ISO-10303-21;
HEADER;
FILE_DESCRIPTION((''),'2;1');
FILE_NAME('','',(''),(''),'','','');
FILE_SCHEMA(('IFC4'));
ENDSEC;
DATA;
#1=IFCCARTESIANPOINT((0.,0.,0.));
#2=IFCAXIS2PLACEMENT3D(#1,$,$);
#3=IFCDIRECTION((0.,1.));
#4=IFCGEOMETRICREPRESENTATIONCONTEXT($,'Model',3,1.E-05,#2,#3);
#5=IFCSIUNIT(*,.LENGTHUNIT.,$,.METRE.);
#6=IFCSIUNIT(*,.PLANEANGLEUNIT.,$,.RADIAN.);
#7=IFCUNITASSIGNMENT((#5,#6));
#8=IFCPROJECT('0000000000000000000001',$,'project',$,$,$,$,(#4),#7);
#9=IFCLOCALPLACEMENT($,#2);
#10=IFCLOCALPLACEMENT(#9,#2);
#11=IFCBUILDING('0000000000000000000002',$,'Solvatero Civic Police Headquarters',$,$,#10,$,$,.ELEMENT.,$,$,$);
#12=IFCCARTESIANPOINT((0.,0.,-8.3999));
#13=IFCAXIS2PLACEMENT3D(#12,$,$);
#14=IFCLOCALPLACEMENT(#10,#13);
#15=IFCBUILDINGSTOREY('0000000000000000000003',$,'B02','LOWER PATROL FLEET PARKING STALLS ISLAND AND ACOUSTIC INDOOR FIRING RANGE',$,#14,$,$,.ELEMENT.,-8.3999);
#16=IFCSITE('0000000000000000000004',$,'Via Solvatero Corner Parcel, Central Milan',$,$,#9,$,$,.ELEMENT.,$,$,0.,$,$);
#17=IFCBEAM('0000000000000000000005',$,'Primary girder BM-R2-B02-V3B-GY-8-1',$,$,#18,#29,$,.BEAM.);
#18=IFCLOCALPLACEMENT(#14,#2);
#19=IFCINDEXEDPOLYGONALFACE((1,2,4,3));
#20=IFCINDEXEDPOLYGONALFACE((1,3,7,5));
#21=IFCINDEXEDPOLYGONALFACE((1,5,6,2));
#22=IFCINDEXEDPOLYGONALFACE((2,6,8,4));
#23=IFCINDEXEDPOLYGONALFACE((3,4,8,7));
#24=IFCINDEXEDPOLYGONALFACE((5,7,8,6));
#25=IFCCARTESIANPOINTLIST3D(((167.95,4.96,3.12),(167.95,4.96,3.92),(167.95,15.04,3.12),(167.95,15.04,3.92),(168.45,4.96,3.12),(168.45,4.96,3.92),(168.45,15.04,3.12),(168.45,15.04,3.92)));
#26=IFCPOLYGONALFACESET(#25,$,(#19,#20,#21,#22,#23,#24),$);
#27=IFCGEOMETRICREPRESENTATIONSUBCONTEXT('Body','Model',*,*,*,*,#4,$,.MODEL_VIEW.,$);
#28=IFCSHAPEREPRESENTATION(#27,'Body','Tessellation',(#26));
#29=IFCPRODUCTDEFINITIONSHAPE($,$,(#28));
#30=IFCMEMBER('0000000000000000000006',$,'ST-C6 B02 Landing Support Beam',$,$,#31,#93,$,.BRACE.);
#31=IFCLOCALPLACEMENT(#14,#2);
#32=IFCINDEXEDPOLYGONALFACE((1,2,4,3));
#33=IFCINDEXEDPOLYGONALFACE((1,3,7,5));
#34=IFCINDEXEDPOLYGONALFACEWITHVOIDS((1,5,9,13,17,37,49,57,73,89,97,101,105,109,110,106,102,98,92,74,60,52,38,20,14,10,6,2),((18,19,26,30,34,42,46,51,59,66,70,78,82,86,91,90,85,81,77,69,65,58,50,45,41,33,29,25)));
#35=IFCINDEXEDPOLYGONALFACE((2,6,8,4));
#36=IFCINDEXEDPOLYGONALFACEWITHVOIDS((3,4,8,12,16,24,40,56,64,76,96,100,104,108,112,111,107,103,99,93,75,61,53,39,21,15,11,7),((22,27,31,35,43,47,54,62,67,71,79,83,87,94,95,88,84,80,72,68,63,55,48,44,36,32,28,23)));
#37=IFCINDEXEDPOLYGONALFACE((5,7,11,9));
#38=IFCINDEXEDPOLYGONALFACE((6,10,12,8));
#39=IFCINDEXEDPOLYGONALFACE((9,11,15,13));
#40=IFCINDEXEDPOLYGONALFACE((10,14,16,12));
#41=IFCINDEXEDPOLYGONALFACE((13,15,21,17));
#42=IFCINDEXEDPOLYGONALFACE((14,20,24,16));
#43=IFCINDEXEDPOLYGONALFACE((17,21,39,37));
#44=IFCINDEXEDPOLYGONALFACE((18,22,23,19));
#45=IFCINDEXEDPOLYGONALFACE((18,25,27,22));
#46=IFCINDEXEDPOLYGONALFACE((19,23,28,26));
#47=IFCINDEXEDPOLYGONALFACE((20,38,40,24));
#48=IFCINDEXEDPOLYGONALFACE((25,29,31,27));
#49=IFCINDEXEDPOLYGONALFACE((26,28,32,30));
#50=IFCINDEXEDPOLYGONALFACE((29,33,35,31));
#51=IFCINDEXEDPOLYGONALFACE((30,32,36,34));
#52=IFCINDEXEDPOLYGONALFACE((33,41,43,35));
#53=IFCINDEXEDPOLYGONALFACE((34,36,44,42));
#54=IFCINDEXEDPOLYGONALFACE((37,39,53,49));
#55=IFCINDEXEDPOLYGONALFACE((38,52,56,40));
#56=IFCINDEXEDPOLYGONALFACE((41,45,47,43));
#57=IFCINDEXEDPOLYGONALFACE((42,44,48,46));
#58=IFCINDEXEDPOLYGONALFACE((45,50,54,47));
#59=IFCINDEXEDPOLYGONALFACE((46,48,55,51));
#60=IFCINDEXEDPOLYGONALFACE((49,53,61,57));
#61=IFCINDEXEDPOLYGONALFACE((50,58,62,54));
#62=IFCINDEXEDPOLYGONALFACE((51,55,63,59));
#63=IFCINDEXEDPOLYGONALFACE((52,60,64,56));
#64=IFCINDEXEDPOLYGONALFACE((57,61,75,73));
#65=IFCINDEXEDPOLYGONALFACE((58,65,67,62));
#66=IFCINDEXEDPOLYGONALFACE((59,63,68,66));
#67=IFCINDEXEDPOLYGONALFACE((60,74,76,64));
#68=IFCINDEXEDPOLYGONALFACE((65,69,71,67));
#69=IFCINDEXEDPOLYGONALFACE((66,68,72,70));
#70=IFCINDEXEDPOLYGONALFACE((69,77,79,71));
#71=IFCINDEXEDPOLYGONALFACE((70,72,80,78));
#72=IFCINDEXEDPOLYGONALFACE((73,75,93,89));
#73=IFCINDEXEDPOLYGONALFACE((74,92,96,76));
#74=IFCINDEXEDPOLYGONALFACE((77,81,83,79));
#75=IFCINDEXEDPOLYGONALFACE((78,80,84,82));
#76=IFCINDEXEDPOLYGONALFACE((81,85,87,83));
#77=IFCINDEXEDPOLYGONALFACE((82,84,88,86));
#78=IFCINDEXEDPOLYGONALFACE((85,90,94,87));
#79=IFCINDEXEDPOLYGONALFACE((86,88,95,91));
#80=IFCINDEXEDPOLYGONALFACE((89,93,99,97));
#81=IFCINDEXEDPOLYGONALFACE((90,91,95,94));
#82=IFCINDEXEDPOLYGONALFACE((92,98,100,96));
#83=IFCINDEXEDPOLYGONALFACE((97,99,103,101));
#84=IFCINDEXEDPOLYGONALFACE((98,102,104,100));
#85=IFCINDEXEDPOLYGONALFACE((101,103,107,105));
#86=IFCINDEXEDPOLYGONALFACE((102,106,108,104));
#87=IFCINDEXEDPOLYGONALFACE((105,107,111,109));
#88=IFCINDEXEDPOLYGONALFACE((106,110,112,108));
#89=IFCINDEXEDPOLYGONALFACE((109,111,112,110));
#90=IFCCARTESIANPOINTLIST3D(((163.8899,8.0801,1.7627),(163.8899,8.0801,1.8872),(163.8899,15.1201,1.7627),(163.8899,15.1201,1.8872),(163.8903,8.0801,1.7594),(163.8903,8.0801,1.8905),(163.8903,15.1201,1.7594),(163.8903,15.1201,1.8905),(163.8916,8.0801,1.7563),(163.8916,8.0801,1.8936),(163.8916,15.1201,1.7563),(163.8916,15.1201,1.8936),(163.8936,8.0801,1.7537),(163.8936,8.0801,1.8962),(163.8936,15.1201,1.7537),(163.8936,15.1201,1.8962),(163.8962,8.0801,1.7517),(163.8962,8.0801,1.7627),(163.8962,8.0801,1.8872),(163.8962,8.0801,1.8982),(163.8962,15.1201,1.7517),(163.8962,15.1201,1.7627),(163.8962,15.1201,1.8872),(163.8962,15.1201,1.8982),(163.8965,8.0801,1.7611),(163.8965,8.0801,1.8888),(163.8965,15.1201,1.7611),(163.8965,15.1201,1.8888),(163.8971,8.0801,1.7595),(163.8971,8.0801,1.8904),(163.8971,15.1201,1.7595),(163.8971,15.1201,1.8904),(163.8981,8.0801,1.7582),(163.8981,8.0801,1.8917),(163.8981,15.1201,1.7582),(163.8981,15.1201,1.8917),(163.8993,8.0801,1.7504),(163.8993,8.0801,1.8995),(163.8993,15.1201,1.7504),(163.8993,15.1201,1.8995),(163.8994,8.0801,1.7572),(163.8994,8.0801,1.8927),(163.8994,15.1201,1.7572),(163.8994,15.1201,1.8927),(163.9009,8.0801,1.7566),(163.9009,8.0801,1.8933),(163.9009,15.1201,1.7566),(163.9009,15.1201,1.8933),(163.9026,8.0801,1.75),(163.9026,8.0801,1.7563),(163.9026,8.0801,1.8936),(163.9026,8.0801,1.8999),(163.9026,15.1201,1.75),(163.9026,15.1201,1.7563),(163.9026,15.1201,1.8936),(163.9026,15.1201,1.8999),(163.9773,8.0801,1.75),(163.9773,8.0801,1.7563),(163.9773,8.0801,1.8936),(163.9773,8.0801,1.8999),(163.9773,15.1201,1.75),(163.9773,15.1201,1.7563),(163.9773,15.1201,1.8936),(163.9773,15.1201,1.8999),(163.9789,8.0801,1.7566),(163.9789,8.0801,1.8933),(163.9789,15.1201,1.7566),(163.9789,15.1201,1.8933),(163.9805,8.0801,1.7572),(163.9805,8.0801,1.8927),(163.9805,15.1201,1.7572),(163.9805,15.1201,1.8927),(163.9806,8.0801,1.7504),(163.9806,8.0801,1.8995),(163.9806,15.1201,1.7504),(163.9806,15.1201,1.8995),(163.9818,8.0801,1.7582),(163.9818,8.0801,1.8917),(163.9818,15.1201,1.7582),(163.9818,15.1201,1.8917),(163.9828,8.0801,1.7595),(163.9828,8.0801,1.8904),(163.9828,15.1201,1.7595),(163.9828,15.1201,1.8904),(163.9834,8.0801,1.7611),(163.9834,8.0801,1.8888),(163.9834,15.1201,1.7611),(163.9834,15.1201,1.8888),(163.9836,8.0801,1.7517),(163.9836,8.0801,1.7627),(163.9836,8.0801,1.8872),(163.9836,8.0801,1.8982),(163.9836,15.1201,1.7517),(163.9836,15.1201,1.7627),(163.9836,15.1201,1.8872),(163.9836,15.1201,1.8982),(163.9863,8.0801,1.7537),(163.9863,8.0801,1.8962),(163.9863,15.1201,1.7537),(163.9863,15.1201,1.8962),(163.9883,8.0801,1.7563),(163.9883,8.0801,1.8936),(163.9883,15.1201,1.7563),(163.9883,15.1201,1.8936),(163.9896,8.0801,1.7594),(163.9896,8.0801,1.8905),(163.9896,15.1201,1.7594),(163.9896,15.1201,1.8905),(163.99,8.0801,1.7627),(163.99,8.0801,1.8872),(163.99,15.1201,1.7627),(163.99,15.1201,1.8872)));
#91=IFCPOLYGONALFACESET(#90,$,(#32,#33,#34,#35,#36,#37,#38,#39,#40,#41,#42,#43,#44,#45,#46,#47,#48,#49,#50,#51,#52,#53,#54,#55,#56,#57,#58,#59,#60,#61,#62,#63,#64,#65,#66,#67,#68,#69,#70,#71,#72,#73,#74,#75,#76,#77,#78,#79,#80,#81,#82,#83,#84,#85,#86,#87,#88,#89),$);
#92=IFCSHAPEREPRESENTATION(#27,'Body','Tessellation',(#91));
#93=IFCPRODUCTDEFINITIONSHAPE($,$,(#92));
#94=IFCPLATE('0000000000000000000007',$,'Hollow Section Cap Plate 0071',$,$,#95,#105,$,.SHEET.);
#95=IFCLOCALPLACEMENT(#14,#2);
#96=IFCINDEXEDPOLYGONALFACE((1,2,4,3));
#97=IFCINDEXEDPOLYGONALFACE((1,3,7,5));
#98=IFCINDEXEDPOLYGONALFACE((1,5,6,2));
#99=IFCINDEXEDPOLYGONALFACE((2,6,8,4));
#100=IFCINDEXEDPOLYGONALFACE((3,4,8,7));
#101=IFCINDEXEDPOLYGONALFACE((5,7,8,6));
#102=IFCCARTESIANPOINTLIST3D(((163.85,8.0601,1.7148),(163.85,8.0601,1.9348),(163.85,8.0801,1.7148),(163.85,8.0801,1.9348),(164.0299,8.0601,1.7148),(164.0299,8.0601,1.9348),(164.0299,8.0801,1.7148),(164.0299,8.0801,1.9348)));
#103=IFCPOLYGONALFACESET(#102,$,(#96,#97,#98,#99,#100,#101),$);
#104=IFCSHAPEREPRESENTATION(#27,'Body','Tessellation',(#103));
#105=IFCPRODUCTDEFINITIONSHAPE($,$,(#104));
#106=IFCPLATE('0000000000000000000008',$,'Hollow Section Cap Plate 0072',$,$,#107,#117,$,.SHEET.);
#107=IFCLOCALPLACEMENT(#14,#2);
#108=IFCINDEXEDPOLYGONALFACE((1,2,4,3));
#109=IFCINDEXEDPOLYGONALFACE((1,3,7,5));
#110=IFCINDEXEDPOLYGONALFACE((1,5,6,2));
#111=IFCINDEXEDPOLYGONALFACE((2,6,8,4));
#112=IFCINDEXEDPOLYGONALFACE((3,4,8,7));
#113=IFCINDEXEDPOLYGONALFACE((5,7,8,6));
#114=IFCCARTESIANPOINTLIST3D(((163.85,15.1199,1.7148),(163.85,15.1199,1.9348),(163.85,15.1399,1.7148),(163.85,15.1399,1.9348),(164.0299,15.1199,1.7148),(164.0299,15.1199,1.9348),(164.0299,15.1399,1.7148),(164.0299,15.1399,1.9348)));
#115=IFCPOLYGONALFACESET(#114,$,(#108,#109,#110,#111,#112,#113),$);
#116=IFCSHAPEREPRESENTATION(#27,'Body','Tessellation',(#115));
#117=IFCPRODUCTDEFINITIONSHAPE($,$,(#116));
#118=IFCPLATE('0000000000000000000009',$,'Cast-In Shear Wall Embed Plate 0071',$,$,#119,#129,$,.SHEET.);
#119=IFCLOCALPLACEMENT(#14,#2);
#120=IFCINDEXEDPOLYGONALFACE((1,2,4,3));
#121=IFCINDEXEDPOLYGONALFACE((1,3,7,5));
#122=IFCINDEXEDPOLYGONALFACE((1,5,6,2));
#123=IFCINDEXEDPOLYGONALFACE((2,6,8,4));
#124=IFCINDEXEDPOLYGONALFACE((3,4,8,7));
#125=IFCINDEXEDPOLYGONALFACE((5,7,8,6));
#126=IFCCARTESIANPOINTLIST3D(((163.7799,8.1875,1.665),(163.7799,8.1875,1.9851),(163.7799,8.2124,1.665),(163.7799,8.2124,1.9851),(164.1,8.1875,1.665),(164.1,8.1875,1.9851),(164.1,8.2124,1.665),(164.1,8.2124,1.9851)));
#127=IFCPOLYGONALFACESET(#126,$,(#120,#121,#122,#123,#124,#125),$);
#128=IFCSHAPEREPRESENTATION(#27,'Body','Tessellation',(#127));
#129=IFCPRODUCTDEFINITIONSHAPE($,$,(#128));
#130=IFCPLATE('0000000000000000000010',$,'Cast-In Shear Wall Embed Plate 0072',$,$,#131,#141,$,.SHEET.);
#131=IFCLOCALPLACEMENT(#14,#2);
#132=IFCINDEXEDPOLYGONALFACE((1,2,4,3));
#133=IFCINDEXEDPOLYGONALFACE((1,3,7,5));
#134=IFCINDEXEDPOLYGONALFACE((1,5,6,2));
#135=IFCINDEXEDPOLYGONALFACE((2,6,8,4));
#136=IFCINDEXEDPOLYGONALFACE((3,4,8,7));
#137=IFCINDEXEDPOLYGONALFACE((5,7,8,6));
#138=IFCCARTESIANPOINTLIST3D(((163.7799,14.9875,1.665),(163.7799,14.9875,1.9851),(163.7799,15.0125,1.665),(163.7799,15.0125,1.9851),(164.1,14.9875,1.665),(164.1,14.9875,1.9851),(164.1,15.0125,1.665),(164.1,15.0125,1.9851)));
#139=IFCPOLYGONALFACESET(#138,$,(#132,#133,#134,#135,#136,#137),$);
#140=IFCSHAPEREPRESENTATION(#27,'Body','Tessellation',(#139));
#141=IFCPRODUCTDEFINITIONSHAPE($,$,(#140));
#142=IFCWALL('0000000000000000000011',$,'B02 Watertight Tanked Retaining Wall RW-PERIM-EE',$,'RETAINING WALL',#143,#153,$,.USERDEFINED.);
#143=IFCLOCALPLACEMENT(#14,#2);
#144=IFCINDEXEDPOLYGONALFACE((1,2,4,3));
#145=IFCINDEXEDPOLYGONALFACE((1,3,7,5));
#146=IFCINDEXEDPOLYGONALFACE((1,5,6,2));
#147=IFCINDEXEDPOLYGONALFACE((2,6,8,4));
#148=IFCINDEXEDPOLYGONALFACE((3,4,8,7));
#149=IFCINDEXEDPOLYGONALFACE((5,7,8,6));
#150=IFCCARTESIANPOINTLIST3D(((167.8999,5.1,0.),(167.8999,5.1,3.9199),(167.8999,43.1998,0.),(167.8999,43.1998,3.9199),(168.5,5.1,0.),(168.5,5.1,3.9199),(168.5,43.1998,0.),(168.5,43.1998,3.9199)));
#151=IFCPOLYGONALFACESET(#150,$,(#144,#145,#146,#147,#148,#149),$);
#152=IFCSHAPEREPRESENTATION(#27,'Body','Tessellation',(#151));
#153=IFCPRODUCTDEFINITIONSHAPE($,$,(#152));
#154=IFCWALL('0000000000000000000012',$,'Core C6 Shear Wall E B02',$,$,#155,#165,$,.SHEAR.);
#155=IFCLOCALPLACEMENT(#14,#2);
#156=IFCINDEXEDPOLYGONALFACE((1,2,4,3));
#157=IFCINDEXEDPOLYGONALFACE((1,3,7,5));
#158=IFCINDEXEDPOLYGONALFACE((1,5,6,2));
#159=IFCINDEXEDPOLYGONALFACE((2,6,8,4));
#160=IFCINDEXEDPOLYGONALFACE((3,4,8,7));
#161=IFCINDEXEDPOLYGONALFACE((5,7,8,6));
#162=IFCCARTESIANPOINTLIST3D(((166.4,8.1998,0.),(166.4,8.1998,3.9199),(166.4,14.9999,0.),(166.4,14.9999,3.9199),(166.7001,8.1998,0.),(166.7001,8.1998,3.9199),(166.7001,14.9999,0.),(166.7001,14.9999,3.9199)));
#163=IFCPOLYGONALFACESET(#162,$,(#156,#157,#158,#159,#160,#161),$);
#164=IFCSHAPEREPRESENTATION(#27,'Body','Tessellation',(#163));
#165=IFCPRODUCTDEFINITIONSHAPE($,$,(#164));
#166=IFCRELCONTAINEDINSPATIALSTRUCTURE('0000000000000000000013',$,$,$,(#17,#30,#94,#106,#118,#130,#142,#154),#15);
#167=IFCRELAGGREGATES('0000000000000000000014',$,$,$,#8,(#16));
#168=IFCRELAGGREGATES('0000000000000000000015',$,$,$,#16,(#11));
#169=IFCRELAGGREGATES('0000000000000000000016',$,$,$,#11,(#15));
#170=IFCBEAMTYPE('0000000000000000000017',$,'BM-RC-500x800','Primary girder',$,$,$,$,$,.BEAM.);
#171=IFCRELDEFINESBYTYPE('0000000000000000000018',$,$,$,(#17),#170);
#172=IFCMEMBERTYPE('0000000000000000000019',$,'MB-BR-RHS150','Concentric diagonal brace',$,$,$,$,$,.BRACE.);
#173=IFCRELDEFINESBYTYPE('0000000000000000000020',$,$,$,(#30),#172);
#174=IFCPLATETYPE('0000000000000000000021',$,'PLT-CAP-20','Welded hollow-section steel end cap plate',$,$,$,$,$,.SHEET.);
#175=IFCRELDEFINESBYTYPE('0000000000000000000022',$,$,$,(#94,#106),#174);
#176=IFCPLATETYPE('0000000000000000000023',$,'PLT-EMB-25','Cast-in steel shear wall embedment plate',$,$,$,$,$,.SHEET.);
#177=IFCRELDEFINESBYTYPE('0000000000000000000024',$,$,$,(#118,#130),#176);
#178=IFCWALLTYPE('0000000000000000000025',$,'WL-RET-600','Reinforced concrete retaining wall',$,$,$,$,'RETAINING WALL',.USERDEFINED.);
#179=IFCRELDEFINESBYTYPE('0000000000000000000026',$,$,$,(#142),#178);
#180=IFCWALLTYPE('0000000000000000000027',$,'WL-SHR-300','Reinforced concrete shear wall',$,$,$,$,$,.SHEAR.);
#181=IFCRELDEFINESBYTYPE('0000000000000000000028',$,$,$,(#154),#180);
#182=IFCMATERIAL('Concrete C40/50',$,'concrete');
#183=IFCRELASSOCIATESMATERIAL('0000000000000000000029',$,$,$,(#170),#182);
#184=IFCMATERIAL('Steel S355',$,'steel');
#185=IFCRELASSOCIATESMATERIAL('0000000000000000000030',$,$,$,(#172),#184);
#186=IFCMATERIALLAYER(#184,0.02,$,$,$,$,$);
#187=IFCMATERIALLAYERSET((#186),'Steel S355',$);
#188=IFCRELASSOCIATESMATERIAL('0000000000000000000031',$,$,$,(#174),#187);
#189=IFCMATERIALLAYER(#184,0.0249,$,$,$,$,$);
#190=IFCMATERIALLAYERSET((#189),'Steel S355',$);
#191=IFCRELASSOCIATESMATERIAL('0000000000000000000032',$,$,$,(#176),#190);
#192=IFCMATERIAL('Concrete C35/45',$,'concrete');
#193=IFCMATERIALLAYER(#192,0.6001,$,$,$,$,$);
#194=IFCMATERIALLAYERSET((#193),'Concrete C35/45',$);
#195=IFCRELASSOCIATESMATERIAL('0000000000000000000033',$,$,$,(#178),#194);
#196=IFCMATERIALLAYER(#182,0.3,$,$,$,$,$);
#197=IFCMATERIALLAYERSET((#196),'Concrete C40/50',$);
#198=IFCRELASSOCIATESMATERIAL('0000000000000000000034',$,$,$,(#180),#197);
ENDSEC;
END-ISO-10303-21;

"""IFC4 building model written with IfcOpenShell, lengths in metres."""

from ifc_helpers import new_model, si_unit, direction, frame, frame_2d, origin, origin_2d, place, context, subcontext, project, spatial, rectangle, hollow_rectangle, extrude, material, layer, layer_set, material_profile, profile_set, type_object, element, save


model = new_model("IFC4")

# Units and contexts
model_context = context("Model", 3, precision=1e-05, world=origin(), true_north=direction((0.0, 1.0)))
body_context = subcontext(model_context, "Body", "Model", "MODEL_VIEW")
ifc_project = project(units=[si_unit("LENGTHUNIT", "METRE"), si_unit("PLANEANGLEUNIT", "RADIAN")], contexts=[model_context])

# Site, building, storey
site_placement = place(None, origin())
site = spatial("IfcSite", under=ifc_project, at=site_placement, Name="Via Solvatero Corner Parcel, Central Milan", CompositionType="ELEMENT", RefElevation=0.0)
building_placement = place(site_placement, origin())
building = spatial("IfcBuilding", under=site, at=building_placement, Name="Solvatero Civic Police Headquarters", CompositionType="ELEMENT")
storey_placement = place(building_placement, frame((0.0, 0.0, -8.3999)))
storey = spatial("IfcBuildingStorey", under=building, at=storey_placement, Name="B02", Description="LOWER PATROL FLEET PARKING STALLS ISLAND AND ACOUSTIC INDOOR FIRING RANGE", CompositionType="ELEMENT", Elevation=-8.3999)

# Shared definitions
ifc_material_1 = material(Name="Concrete C35/45", Category="concrete")

# Shared definitions
ifc_material_2 = material(Name="Concrete C40/50", Category="concrete")

# Beam
ifc_material_profile_1 = material_profile(ifc_material_2, rectangle(XDim=0.5, YDim=0.8, at=origin_2d()), Name="RC 500x800")
ifc_profile_set_1 = profile_set([ifc_material_profile_1], Name="Concrete C40/50")
beam_type_1 = type_object("IfcBeamType", Name="BM-RC-500x800", Description="Primary girder", PredefinedType="BEAM", material=ifc_profile_set_1)
for number, where, z_axis, x_axis, name in (
    (1, (168.2, 4.96, 3.52), (0.0, 1.0, 0.0), (-1.0, 0.0, 0.0), "Primary girder BM-R2-B02-V3B-GY-8-1"),
):
    element("IfcBeam", number, at=place(storey_placement, frame(where, z_axis=z_axis, x_axis=x_axis)), inside=storey, type_object=beam_type_1, Name=name, PredefinedType="BEAM", context=body_context, shape_type="SweptSolid", body=[
        extrude(rectangle(XDim=0.5, YDim=0.8, at=origin_2d()), origin(), (0.0, 0.0, 1.0), 10.0801),
    ])

# Member
ifc_material_3 = material(Name="Steel S355", Category="steel")
ifc_material_profile_2 = material_profile(ifc_material_3, hollow_rectangle(XDim=0.1001, YDim=0.1499, WallThickness=0.0063, InnerFilletRadius=0.0063, OuterFilletRadius=0.0127, at=origin_2d()), Name="RHS 150x100x6.3")
ifc_profile_set_2 = profile_set([ifc_material_profile_2], Name="Steel S355")
member_type = type_object("IfcMemberType", Name="MB-BR-RHS150", Description="Concentric diagonal brace", PredefinedType="BRACE", material=ifc_profile_set_2)
member_placement = place(storey_placement, frame((163.9399, 8.0801, 1.825), z_axis=(0.0, 1.0, 0.0), x_axis=(-1.0, 0.0, 0.0)))
element("IfcMember", 2, at=member_placement, inside=storey, type_object=member_type, Name="ST-C6 B02 Landing Support Beam", PredefinedType="BRACE", context=body_context, shape_type="SweptSolid", body=[
    extrude(hollow_rectangle(XDim=0.1001, YDim=0.1499, WallThickness=0.0063, InnerFilletRadius=0.0063, OuterFilletRadius=0.0127, at=origin_2d()), origin(), (0.0, 0.0, 1.0), 7.04),
])

# Plates
ifc_layer_1 = layer(ifc_material_3, 0.02)
ifc_layer_set_1 = layer_set([ifc_layer_1], Name="Steel S355")
plate_type_1 = type_object("IfcPlateType", Name="PLT-CAP-20", Description="Welded hollow-section steel end cap plate", PredefinedType="SHEET", material=ifc_layer_set_1)
for number, where, z_axis, x_axis, name in (
    (3, (163.9399, 8.0701, 1.7148), (0.0, 0.0, 1.0), (1.0, 0.0, 0.0), "Hollow Section Cap Plate 0071"),
    (4, (163.9399, 15.1299, 1.7148), (0.0, 0.0, 1.0), (1.0, 0.0, 0.0), "Hollow Section Cap Plate 0072"),
):
    element("IfcPlate", number, at=place(storey_placement, frame(where, z_axis=z_axis, x_axis=x_axis)), inside=storey, type_object=plate_type_1, Name=name, PredefinedType="SHEET", context=body_context, shape_type="SweptSolid", body=[
        extrude(rectangle(XDim=0.1799, YDim=0.02, at=origin_2d()), origin(), (0.0, 0.0, 1.0), 0.22),
    ])
ifc_layer_2 = layer(ifc_material_3, 0.0249)
ifc_layer_set_2 = layer_set([ifc_layer_2], Name="Steel S355")
plate_type_2 = type_object("IfcPlateType", Name="PLT-EMB-25", Description="Cast-in steel shear wall embedment plate", PredefinedType="SHEET", material=ifc_layer_set_2)
for number, where, z_axis, x_axis, name in (
    (5, (163.9399, 8.2, 1.665), (0.0, 0.0, 1.0), (1.0, 0.0, 0.0), "Cast-In Shear Wall Embed Plate 0071"),
    (6, (163.9399, 15.0, 1.665), (0.0, 0.0, 1.0), (1.0, 0.0, 0.0), "Cast-In Shear Wall Embed Plate 0072"),
):
    element("IfcPlate", number, at=place(storey_placement, frame(where, z_axis=z_axis, x_axis=x_axis)), inside=storey, type_object=plate_type_2, Name=name, PredefinedType="SHEET", context=body_context, shape_type="SweptSolid", body=[
        extrude(rectangle(XDim=0.3201, YDim=0.0249, at=origin_2d()), origin(), (0.0, 0.0, 1.0), 0.3201),
    ])

# Walls
ifc_layer_3 = layer(ifc_material_1, 0.6001)
ifc_layer_set_3 = layer_set([ifc_layer_3], Name="Concrete C35/45")
wall_type_1 = type_object("IfcWallType", Name="WL-RET-600", Description="Reinforced concrete retaining wall", ElementType="RETAINING WALL", PredefinedType="USERDEFINED", material=ifc_layer_set_3)
wall_1_placement = place(storey_placement, frame((168.2, 5.1001, 0.0), z_axis=(0.0, 0.0, 1.0), x_axis=(0.0, 1.0, 0.0)))
element("IfcWall", 7, at=wall_1_placement, inside=storey, type_object=wall_type_1, Name="B02 Watertight Tanked Retaining Wall RW-PERIM-EE", ObjectType="RETAINING WALL", PredefinedType="USERDEFINED", context=body_context, shape_type="SweptSolid", body=[
    extrude(rectangle(XDim=38.0999, YDim=0.6001, at=frame_2d((19.0498, 0.0))), origin(), (0.0, 0.0, 1.0), 3.9199),
])
ifc_layer_4 = layer(ifc_material_2, 0.3)
ifc_layer_set_4 = layer_set([ifc_layer_4], Name="Concrete C40/50")
wall_type_2 = type_object("IfcWallType", Name="WL-SHR-300", Description="Reinforced concrete shear wall", PredefinedType="SHEAR", material=ifc_layer_set_4)
wall_2_placement = place(storey_placement, frame((166.55, 8.2, 0.0), z_axis=(0.0, 0.0, 1.0), x_axis=(0.0, 1.0, 0.0)))
element("IfcWall", 8, at=wall_2_placement, inside=storey, type_object=wall_type_2, Name="Core C6 Shear Wall E B02", PredefinedType="SHEAR", context=body_context, shape_type="SweptSolid", body=[
    extrude(rectangle(XDim=6.8, YDim=0.3, at=frame_2d((3.3999, 0.0))), origin(), (0.0, 0.0, 1.0), 3.9199),
])

save(model, "model.ifc")
